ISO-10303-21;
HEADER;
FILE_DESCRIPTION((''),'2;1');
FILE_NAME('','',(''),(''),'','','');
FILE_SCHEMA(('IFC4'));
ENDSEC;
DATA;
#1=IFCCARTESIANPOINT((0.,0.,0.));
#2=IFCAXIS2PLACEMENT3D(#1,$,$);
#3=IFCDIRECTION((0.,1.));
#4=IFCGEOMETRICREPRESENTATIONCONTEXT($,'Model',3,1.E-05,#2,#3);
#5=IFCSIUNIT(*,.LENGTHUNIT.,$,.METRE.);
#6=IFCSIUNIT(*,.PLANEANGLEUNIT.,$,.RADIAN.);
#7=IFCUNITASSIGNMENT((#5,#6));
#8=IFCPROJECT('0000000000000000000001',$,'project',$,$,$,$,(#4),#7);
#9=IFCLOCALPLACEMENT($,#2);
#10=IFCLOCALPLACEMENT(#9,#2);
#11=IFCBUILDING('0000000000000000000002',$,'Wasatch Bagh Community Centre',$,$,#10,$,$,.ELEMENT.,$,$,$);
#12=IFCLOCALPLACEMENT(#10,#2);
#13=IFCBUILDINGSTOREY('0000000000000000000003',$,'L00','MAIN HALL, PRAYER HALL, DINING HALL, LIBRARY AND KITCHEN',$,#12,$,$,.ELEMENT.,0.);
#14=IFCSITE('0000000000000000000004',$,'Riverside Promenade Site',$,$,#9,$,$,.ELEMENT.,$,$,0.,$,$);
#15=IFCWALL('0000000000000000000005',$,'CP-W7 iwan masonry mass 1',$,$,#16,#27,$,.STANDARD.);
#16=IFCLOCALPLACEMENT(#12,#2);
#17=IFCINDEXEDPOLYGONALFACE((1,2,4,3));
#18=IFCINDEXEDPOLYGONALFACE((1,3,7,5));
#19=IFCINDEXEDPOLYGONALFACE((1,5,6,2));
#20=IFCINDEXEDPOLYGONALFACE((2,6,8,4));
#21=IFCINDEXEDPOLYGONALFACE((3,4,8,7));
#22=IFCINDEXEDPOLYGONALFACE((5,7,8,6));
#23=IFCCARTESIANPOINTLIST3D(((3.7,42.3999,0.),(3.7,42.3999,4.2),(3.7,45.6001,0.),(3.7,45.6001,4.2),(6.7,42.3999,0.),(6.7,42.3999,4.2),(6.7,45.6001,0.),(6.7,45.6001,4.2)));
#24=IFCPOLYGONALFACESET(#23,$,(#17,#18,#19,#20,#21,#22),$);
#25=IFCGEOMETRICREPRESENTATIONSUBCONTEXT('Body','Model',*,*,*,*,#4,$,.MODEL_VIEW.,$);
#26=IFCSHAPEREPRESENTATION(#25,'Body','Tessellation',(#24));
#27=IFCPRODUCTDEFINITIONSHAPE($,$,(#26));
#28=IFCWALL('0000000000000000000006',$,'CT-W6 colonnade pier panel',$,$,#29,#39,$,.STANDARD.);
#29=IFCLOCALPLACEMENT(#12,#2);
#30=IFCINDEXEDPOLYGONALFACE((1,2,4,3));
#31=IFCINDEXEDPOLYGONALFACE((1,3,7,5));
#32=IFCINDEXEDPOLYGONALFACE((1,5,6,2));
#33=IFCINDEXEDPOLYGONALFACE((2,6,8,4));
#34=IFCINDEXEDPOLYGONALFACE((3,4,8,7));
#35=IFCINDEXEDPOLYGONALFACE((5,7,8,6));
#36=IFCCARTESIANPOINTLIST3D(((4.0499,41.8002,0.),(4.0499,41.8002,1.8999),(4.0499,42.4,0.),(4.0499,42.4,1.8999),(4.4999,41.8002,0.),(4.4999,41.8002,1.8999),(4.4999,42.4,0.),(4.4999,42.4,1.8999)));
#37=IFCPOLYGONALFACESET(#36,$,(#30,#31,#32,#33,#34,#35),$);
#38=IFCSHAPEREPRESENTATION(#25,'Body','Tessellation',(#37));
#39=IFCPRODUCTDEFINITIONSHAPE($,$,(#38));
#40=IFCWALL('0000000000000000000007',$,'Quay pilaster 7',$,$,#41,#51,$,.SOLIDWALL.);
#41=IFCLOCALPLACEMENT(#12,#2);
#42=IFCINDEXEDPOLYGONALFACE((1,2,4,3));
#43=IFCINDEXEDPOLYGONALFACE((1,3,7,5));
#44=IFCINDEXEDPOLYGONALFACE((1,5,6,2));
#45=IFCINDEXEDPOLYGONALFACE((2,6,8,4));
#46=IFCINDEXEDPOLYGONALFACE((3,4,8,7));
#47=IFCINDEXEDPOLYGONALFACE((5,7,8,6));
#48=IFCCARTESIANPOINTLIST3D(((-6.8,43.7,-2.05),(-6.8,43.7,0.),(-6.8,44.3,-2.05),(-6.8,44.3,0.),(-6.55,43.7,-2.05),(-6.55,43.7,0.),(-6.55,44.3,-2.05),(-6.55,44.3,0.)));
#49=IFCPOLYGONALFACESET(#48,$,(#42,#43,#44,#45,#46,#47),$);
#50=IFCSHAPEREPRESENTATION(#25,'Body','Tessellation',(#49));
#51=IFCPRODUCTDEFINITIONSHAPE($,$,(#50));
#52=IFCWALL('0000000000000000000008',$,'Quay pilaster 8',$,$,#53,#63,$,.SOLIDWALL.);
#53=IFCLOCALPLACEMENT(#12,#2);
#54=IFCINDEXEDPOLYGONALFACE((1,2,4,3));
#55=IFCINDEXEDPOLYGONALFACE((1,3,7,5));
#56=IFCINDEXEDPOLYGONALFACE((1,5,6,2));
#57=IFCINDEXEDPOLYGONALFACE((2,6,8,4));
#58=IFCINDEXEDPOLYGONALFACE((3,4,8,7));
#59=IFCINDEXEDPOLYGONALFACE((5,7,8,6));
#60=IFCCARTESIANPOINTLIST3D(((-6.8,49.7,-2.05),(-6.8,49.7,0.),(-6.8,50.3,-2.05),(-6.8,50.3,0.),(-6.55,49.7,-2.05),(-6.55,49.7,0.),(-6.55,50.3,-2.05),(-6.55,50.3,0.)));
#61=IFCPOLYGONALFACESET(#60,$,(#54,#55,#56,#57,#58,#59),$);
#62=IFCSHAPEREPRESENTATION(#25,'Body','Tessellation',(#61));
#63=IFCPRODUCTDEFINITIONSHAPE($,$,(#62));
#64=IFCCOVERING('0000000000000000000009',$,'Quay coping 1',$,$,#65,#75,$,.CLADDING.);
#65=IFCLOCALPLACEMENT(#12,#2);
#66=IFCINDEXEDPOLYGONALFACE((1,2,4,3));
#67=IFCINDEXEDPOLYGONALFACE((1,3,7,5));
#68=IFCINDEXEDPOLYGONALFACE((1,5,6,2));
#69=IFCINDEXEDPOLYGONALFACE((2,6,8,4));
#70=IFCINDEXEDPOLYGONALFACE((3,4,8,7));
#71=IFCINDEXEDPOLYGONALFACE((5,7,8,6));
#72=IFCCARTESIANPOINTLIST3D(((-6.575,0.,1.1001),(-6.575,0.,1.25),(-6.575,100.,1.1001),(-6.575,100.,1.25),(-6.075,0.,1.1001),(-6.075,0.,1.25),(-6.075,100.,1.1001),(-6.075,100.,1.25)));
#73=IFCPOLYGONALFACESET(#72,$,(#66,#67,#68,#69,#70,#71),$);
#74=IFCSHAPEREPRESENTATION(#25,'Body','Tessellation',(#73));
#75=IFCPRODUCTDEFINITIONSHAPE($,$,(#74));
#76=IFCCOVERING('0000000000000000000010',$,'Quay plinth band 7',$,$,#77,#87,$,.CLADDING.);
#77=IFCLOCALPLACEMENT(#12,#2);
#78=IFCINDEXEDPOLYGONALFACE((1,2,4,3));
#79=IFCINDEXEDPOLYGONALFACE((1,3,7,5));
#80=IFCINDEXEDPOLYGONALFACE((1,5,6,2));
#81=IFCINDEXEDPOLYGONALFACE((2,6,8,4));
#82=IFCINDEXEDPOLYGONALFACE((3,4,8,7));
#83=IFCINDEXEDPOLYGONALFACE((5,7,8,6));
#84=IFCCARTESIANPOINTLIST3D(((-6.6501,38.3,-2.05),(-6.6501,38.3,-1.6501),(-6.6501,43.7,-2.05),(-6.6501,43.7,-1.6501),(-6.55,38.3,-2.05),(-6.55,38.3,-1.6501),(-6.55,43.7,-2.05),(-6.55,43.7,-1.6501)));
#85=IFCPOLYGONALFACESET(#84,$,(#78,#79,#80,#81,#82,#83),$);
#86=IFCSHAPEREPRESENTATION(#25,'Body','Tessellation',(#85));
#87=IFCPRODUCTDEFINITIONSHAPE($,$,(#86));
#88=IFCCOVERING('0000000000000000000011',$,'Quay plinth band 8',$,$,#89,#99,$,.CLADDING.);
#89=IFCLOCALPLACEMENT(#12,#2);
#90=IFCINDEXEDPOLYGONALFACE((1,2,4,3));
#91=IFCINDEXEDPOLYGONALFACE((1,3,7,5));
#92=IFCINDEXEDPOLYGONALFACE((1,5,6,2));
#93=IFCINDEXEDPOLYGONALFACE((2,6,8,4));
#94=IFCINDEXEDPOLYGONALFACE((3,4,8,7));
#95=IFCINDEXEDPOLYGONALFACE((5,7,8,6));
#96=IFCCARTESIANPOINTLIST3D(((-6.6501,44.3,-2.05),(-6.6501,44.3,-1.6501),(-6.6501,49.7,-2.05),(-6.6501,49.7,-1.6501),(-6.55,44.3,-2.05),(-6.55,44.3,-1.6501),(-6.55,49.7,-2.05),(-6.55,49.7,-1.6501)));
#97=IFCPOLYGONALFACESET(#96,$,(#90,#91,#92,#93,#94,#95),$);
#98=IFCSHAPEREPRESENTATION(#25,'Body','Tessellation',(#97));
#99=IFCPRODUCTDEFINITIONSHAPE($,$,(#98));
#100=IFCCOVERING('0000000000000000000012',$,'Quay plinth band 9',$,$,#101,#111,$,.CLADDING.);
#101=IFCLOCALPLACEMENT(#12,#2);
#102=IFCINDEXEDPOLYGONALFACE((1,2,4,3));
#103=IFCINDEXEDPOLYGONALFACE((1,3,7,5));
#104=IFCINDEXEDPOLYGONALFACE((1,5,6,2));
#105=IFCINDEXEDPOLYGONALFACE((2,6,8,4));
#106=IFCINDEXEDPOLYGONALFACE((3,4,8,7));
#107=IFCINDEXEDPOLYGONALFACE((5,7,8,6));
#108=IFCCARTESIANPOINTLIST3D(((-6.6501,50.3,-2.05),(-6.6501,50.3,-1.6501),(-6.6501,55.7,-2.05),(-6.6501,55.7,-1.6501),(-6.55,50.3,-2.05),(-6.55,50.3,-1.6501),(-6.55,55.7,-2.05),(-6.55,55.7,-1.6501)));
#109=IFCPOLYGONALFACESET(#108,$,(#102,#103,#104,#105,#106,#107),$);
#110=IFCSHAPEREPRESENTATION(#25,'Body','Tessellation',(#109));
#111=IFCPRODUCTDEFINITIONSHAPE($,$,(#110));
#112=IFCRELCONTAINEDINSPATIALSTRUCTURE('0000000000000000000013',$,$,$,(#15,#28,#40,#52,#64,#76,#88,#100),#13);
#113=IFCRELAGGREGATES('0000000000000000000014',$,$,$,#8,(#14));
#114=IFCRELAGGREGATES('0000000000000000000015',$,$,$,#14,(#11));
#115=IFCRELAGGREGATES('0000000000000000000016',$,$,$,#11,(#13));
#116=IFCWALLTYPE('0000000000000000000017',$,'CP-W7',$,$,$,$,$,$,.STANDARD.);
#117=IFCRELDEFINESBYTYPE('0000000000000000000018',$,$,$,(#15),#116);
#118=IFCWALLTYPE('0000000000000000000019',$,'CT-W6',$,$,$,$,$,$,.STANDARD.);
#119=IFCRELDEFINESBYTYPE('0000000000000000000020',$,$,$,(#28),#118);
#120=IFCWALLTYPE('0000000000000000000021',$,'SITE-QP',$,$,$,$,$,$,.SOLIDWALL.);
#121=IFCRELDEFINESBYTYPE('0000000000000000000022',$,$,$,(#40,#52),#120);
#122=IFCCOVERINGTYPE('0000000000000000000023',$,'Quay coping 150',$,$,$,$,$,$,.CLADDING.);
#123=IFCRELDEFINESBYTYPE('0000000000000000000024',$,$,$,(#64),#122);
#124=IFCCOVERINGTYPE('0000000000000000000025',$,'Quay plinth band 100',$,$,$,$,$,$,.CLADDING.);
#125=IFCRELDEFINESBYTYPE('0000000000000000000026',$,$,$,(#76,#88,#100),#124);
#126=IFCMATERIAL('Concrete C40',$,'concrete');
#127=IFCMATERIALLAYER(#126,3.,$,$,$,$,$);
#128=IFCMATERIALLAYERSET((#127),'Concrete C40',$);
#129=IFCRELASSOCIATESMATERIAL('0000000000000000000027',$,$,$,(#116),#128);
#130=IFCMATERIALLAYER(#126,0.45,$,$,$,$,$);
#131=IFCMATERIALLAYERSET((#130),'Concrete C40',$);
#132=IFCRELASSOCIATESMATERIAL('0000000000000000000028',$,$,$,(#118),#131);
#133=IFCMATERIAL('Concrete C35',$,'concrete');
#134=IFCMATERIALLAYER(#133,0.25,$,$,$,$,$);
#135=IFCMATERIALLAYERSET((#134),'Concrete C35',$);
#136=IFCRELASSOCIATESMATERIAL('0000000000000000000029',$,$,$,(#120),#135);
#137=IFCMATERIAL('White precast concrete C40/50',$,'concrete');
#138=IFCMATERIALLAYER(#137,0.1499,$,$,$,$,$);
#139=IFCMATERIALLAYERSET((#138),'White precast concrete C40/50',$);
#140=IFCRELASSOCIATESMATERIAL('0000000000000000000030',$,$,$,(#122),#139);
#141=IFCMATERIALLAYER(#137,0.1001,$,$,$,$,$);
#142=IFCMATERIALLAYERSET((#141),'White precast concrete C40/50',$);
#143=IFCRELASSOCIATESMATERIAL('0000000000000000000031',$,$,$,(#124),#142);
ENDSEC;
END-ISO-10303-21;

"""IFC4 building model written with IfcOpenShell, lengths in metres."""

from ifc_helpers import new_model, si_unit, direction, frame, frame_2d, origin, origin_2d, place, context, subcontext, project, spatial, rectangle, extrude, material, layer, layer_set, type_object, element, save


model = new_model("IFC4")

# Units and contexts
model_context = context("Model", 3, precision=1e-05, world=origin(), true_north=direction((0.0, 1.0)))
body_context = subcontext(model_context, "Body", "Model", "MODEL_VIEW")
ifc_project = project(units=[si_unit("LENGTHUNIT", "METRE"), si_unit("PLANEANGLEUNIT", "RADIAN")], contexts=[model_context])

# Site, building, storey
site_placement = place(None, origin())
site = spatial("IfcSite", under=ifc_project, at=site_placement, Name="Riverside Promenade Site", CompositionType="ELEMENT", RefElevation=0.0)
building_placement = place(site_placement, origin())
building = spatial("IfcBuilding", under=site, at=building_placement, Name="Wasatch Bagh Community Centre", CompositionType="ELEMENT")
storey_placement = place(building_placement, origin())
storey = spatial("IfcBuildingStorey", under=building, at=storey_placement, Name="L00", Description="MAIN HALL, PRAYER HALL, DINING HALL, LIBRARY AND KITCHEN", CompositionType="ELEMENT", Elevation=0.0)

# Shared definitions
ifc_material_1 = material(Name="Concrete C40", Category="concrete")

# Shared definitions
ifc_material_2 = material(Name="Concrete C35", Category="concrete")

# Walls
ifc_layer_1 = layer(ifc_material_1, 3.0)
ifc_layer_set_1 = layer_set([ifc_layer_1], Name="Concrete C40")
wall_type_1 = type_object("IfcWallType", Name="CP-W7", PredefinedType="STANDARD", material=ifc_layer_set_1)
wall_1_placement = place(storey_placement, frame((5.2, 42.3999, 0.0), z_axis=(0.0, 0.0, 1.0), x_axis=(0.0, 1.0, 0.0)))
element("IfcWall", 1, at=wall_1_placement, inside=storey, type_object=wall_type_1, Name="CP-W7 iwan masonry mass 1", PredefinedType="STANDARD", context=body_context, shape_type="SweptSolid", body=[
    extrude(rectangle(XDim=3.2002, YDim=3.0, at=frame_2d((1.6001, 0.0))), origin(), (0.0, 0.0, 1.0), 4.2),
])
ifc_layer_2 = layer(ifc_material_1, 0.45)
ifc_layer_set_2 = layer_set([ifc_layer_2], Name="Concrete C40")
wall_type_2 = type_object("IfcWallType", Name="CT-W6", PredefinedType="STANDARD", material=ifc_layer_set_2)
wall_2_placement = place(storey_placement, frame((4.2749, 42.3999, 0.0), z_axis=(0.0, 0.0, 1.0), x_axis=(0.0, -1.0, 0.0)))
element("IfcWall", 2, at=wall_2_placement, inside=storey, type_object=wall_type_2, Name="CT-W6 colonnade pier panel", PredefinedType="STANDARD", context=body_context, shape_type="SweptSolid", body=[
    extrude(rectangle(XDim=0.5999, YDim=0.45, at=frame_2d((0.2998, 0.0))), origin(), (0.0, 0.0, 1.0), 1.8999),
])
ifc_layer_3 = layer(ifc_material_2, 0.25)
ifc_layer_set_3 = layer_set([ifc_layer_3], Name="Concrete C35")
wall_type_3 = type_object("IfcWallType", Name="SITE-QP", PredefinedType="SOLIDWALL", material=ifc_layer_set_3)
for number, where, z_axis, x_axis, name in (
    (3, (-6.675, 43.7, -2.05), (0.0, 0.0, 1.0), (0.0, 1.0, 0.0), "Quay pilaster 7"),
    (4, (-6.675, 49.7, -2.05), (0.0, 0.0, 1.0), (0.0, 1.0, 0.0), "Quay pilaster 8"),
):
    element("IfcWall", number, at=place(storey_placement, frame(where, z_axis=z_axis, x_axis=x_axis)), inside=storey, type_object=wall_type_3, Name=name, PredefinedType="SOLIDWALL", context=body_context, shape_type="SweptSolid", body=[
        extrude(rectangle(XDim=0.6001, YDim=0.25, at=frame_2d((0.3, 0.0))), origin(), (0.0, 0.0, 1.0), 2.05),
    ])

# Coverings
ifc_material_3 = material(Name="White precast concrete C40/50", Category="concrete")
ifc_layer_4 = layer(ifc_material_3, 0.1499)
ifc_layer_set_4 = layer_set([ifc_layer_4], Name="White precast concrete C40/50")
covering_type_1 = type_object("IfcCoveringType", Name="Quay coping 150", PredefinedType="CLADDING", material=ifc_layer_set_4)
covering_placement = place(storey_placement, frame((-6.325, 50.0, 1.1001), z_axis=(0.0, 0.0, 1.0), x_axis=(1.0, 0.0, 0.0)))
element("IfcCovering", 5, at=covering_placement, inside=storey, type_object=covering_type_1, Name="Quay coping 1", PredefinedType="CLADDING", context=body_context, shape_type="SweptSolid", body=[
    extrude(rectangle(XDim=0.5, YDim=100.0, at=origin_2d()), origin(), (0.0, 0.0, 1.0), 0.1499),
])
ifc_layer_5 = layer(ifc_material_3, 0.1001)
ifc_layer_set_5 = layer_set([ifc_layer_5], Name="White precast concrete C40/50")
covering_type_2 = type_object("IfcCoveringType", Name="Quay plinth band 100", PredefinedType="CLADDING", material=ifc_layer_set_5)
for number, where, z_axis, x_axis, name in (
    (6, (-6.6001, 41.0, -2.05), (0.0, 0.0, 1.0), (1.0, 0.0, 0.0), "Quay plinth band 7"),
    (7, (-6.6001, 47.0, -2.05), (0.0, 0.0, 1.0), (1.0, 0.0, 0.0), "Quay plinth band 8"),
    (8, (-6.6001, 53.0, -2.05), (0.0, 0.0, 1.0), (1.0, 0.0, 0.0), "Quay plinth band 9"),
):
    element("IfcCovering", number, at=place(storey_placement, frame(where, z_axis=z_axis, x_axis=x_axis)), inside=storey, type_object=covering_type_2, Name=name, PredefinedType="CLADDING", context=body_context, shape_type="SweptSolid", body=[
        extrude(rectangle(XDim=0.1001, YDim=5.3999, at=origin_2d()), origin(), (0.0, 0.0, 1.0), 0.3999),
    ])

save(model, "model.ifc")
